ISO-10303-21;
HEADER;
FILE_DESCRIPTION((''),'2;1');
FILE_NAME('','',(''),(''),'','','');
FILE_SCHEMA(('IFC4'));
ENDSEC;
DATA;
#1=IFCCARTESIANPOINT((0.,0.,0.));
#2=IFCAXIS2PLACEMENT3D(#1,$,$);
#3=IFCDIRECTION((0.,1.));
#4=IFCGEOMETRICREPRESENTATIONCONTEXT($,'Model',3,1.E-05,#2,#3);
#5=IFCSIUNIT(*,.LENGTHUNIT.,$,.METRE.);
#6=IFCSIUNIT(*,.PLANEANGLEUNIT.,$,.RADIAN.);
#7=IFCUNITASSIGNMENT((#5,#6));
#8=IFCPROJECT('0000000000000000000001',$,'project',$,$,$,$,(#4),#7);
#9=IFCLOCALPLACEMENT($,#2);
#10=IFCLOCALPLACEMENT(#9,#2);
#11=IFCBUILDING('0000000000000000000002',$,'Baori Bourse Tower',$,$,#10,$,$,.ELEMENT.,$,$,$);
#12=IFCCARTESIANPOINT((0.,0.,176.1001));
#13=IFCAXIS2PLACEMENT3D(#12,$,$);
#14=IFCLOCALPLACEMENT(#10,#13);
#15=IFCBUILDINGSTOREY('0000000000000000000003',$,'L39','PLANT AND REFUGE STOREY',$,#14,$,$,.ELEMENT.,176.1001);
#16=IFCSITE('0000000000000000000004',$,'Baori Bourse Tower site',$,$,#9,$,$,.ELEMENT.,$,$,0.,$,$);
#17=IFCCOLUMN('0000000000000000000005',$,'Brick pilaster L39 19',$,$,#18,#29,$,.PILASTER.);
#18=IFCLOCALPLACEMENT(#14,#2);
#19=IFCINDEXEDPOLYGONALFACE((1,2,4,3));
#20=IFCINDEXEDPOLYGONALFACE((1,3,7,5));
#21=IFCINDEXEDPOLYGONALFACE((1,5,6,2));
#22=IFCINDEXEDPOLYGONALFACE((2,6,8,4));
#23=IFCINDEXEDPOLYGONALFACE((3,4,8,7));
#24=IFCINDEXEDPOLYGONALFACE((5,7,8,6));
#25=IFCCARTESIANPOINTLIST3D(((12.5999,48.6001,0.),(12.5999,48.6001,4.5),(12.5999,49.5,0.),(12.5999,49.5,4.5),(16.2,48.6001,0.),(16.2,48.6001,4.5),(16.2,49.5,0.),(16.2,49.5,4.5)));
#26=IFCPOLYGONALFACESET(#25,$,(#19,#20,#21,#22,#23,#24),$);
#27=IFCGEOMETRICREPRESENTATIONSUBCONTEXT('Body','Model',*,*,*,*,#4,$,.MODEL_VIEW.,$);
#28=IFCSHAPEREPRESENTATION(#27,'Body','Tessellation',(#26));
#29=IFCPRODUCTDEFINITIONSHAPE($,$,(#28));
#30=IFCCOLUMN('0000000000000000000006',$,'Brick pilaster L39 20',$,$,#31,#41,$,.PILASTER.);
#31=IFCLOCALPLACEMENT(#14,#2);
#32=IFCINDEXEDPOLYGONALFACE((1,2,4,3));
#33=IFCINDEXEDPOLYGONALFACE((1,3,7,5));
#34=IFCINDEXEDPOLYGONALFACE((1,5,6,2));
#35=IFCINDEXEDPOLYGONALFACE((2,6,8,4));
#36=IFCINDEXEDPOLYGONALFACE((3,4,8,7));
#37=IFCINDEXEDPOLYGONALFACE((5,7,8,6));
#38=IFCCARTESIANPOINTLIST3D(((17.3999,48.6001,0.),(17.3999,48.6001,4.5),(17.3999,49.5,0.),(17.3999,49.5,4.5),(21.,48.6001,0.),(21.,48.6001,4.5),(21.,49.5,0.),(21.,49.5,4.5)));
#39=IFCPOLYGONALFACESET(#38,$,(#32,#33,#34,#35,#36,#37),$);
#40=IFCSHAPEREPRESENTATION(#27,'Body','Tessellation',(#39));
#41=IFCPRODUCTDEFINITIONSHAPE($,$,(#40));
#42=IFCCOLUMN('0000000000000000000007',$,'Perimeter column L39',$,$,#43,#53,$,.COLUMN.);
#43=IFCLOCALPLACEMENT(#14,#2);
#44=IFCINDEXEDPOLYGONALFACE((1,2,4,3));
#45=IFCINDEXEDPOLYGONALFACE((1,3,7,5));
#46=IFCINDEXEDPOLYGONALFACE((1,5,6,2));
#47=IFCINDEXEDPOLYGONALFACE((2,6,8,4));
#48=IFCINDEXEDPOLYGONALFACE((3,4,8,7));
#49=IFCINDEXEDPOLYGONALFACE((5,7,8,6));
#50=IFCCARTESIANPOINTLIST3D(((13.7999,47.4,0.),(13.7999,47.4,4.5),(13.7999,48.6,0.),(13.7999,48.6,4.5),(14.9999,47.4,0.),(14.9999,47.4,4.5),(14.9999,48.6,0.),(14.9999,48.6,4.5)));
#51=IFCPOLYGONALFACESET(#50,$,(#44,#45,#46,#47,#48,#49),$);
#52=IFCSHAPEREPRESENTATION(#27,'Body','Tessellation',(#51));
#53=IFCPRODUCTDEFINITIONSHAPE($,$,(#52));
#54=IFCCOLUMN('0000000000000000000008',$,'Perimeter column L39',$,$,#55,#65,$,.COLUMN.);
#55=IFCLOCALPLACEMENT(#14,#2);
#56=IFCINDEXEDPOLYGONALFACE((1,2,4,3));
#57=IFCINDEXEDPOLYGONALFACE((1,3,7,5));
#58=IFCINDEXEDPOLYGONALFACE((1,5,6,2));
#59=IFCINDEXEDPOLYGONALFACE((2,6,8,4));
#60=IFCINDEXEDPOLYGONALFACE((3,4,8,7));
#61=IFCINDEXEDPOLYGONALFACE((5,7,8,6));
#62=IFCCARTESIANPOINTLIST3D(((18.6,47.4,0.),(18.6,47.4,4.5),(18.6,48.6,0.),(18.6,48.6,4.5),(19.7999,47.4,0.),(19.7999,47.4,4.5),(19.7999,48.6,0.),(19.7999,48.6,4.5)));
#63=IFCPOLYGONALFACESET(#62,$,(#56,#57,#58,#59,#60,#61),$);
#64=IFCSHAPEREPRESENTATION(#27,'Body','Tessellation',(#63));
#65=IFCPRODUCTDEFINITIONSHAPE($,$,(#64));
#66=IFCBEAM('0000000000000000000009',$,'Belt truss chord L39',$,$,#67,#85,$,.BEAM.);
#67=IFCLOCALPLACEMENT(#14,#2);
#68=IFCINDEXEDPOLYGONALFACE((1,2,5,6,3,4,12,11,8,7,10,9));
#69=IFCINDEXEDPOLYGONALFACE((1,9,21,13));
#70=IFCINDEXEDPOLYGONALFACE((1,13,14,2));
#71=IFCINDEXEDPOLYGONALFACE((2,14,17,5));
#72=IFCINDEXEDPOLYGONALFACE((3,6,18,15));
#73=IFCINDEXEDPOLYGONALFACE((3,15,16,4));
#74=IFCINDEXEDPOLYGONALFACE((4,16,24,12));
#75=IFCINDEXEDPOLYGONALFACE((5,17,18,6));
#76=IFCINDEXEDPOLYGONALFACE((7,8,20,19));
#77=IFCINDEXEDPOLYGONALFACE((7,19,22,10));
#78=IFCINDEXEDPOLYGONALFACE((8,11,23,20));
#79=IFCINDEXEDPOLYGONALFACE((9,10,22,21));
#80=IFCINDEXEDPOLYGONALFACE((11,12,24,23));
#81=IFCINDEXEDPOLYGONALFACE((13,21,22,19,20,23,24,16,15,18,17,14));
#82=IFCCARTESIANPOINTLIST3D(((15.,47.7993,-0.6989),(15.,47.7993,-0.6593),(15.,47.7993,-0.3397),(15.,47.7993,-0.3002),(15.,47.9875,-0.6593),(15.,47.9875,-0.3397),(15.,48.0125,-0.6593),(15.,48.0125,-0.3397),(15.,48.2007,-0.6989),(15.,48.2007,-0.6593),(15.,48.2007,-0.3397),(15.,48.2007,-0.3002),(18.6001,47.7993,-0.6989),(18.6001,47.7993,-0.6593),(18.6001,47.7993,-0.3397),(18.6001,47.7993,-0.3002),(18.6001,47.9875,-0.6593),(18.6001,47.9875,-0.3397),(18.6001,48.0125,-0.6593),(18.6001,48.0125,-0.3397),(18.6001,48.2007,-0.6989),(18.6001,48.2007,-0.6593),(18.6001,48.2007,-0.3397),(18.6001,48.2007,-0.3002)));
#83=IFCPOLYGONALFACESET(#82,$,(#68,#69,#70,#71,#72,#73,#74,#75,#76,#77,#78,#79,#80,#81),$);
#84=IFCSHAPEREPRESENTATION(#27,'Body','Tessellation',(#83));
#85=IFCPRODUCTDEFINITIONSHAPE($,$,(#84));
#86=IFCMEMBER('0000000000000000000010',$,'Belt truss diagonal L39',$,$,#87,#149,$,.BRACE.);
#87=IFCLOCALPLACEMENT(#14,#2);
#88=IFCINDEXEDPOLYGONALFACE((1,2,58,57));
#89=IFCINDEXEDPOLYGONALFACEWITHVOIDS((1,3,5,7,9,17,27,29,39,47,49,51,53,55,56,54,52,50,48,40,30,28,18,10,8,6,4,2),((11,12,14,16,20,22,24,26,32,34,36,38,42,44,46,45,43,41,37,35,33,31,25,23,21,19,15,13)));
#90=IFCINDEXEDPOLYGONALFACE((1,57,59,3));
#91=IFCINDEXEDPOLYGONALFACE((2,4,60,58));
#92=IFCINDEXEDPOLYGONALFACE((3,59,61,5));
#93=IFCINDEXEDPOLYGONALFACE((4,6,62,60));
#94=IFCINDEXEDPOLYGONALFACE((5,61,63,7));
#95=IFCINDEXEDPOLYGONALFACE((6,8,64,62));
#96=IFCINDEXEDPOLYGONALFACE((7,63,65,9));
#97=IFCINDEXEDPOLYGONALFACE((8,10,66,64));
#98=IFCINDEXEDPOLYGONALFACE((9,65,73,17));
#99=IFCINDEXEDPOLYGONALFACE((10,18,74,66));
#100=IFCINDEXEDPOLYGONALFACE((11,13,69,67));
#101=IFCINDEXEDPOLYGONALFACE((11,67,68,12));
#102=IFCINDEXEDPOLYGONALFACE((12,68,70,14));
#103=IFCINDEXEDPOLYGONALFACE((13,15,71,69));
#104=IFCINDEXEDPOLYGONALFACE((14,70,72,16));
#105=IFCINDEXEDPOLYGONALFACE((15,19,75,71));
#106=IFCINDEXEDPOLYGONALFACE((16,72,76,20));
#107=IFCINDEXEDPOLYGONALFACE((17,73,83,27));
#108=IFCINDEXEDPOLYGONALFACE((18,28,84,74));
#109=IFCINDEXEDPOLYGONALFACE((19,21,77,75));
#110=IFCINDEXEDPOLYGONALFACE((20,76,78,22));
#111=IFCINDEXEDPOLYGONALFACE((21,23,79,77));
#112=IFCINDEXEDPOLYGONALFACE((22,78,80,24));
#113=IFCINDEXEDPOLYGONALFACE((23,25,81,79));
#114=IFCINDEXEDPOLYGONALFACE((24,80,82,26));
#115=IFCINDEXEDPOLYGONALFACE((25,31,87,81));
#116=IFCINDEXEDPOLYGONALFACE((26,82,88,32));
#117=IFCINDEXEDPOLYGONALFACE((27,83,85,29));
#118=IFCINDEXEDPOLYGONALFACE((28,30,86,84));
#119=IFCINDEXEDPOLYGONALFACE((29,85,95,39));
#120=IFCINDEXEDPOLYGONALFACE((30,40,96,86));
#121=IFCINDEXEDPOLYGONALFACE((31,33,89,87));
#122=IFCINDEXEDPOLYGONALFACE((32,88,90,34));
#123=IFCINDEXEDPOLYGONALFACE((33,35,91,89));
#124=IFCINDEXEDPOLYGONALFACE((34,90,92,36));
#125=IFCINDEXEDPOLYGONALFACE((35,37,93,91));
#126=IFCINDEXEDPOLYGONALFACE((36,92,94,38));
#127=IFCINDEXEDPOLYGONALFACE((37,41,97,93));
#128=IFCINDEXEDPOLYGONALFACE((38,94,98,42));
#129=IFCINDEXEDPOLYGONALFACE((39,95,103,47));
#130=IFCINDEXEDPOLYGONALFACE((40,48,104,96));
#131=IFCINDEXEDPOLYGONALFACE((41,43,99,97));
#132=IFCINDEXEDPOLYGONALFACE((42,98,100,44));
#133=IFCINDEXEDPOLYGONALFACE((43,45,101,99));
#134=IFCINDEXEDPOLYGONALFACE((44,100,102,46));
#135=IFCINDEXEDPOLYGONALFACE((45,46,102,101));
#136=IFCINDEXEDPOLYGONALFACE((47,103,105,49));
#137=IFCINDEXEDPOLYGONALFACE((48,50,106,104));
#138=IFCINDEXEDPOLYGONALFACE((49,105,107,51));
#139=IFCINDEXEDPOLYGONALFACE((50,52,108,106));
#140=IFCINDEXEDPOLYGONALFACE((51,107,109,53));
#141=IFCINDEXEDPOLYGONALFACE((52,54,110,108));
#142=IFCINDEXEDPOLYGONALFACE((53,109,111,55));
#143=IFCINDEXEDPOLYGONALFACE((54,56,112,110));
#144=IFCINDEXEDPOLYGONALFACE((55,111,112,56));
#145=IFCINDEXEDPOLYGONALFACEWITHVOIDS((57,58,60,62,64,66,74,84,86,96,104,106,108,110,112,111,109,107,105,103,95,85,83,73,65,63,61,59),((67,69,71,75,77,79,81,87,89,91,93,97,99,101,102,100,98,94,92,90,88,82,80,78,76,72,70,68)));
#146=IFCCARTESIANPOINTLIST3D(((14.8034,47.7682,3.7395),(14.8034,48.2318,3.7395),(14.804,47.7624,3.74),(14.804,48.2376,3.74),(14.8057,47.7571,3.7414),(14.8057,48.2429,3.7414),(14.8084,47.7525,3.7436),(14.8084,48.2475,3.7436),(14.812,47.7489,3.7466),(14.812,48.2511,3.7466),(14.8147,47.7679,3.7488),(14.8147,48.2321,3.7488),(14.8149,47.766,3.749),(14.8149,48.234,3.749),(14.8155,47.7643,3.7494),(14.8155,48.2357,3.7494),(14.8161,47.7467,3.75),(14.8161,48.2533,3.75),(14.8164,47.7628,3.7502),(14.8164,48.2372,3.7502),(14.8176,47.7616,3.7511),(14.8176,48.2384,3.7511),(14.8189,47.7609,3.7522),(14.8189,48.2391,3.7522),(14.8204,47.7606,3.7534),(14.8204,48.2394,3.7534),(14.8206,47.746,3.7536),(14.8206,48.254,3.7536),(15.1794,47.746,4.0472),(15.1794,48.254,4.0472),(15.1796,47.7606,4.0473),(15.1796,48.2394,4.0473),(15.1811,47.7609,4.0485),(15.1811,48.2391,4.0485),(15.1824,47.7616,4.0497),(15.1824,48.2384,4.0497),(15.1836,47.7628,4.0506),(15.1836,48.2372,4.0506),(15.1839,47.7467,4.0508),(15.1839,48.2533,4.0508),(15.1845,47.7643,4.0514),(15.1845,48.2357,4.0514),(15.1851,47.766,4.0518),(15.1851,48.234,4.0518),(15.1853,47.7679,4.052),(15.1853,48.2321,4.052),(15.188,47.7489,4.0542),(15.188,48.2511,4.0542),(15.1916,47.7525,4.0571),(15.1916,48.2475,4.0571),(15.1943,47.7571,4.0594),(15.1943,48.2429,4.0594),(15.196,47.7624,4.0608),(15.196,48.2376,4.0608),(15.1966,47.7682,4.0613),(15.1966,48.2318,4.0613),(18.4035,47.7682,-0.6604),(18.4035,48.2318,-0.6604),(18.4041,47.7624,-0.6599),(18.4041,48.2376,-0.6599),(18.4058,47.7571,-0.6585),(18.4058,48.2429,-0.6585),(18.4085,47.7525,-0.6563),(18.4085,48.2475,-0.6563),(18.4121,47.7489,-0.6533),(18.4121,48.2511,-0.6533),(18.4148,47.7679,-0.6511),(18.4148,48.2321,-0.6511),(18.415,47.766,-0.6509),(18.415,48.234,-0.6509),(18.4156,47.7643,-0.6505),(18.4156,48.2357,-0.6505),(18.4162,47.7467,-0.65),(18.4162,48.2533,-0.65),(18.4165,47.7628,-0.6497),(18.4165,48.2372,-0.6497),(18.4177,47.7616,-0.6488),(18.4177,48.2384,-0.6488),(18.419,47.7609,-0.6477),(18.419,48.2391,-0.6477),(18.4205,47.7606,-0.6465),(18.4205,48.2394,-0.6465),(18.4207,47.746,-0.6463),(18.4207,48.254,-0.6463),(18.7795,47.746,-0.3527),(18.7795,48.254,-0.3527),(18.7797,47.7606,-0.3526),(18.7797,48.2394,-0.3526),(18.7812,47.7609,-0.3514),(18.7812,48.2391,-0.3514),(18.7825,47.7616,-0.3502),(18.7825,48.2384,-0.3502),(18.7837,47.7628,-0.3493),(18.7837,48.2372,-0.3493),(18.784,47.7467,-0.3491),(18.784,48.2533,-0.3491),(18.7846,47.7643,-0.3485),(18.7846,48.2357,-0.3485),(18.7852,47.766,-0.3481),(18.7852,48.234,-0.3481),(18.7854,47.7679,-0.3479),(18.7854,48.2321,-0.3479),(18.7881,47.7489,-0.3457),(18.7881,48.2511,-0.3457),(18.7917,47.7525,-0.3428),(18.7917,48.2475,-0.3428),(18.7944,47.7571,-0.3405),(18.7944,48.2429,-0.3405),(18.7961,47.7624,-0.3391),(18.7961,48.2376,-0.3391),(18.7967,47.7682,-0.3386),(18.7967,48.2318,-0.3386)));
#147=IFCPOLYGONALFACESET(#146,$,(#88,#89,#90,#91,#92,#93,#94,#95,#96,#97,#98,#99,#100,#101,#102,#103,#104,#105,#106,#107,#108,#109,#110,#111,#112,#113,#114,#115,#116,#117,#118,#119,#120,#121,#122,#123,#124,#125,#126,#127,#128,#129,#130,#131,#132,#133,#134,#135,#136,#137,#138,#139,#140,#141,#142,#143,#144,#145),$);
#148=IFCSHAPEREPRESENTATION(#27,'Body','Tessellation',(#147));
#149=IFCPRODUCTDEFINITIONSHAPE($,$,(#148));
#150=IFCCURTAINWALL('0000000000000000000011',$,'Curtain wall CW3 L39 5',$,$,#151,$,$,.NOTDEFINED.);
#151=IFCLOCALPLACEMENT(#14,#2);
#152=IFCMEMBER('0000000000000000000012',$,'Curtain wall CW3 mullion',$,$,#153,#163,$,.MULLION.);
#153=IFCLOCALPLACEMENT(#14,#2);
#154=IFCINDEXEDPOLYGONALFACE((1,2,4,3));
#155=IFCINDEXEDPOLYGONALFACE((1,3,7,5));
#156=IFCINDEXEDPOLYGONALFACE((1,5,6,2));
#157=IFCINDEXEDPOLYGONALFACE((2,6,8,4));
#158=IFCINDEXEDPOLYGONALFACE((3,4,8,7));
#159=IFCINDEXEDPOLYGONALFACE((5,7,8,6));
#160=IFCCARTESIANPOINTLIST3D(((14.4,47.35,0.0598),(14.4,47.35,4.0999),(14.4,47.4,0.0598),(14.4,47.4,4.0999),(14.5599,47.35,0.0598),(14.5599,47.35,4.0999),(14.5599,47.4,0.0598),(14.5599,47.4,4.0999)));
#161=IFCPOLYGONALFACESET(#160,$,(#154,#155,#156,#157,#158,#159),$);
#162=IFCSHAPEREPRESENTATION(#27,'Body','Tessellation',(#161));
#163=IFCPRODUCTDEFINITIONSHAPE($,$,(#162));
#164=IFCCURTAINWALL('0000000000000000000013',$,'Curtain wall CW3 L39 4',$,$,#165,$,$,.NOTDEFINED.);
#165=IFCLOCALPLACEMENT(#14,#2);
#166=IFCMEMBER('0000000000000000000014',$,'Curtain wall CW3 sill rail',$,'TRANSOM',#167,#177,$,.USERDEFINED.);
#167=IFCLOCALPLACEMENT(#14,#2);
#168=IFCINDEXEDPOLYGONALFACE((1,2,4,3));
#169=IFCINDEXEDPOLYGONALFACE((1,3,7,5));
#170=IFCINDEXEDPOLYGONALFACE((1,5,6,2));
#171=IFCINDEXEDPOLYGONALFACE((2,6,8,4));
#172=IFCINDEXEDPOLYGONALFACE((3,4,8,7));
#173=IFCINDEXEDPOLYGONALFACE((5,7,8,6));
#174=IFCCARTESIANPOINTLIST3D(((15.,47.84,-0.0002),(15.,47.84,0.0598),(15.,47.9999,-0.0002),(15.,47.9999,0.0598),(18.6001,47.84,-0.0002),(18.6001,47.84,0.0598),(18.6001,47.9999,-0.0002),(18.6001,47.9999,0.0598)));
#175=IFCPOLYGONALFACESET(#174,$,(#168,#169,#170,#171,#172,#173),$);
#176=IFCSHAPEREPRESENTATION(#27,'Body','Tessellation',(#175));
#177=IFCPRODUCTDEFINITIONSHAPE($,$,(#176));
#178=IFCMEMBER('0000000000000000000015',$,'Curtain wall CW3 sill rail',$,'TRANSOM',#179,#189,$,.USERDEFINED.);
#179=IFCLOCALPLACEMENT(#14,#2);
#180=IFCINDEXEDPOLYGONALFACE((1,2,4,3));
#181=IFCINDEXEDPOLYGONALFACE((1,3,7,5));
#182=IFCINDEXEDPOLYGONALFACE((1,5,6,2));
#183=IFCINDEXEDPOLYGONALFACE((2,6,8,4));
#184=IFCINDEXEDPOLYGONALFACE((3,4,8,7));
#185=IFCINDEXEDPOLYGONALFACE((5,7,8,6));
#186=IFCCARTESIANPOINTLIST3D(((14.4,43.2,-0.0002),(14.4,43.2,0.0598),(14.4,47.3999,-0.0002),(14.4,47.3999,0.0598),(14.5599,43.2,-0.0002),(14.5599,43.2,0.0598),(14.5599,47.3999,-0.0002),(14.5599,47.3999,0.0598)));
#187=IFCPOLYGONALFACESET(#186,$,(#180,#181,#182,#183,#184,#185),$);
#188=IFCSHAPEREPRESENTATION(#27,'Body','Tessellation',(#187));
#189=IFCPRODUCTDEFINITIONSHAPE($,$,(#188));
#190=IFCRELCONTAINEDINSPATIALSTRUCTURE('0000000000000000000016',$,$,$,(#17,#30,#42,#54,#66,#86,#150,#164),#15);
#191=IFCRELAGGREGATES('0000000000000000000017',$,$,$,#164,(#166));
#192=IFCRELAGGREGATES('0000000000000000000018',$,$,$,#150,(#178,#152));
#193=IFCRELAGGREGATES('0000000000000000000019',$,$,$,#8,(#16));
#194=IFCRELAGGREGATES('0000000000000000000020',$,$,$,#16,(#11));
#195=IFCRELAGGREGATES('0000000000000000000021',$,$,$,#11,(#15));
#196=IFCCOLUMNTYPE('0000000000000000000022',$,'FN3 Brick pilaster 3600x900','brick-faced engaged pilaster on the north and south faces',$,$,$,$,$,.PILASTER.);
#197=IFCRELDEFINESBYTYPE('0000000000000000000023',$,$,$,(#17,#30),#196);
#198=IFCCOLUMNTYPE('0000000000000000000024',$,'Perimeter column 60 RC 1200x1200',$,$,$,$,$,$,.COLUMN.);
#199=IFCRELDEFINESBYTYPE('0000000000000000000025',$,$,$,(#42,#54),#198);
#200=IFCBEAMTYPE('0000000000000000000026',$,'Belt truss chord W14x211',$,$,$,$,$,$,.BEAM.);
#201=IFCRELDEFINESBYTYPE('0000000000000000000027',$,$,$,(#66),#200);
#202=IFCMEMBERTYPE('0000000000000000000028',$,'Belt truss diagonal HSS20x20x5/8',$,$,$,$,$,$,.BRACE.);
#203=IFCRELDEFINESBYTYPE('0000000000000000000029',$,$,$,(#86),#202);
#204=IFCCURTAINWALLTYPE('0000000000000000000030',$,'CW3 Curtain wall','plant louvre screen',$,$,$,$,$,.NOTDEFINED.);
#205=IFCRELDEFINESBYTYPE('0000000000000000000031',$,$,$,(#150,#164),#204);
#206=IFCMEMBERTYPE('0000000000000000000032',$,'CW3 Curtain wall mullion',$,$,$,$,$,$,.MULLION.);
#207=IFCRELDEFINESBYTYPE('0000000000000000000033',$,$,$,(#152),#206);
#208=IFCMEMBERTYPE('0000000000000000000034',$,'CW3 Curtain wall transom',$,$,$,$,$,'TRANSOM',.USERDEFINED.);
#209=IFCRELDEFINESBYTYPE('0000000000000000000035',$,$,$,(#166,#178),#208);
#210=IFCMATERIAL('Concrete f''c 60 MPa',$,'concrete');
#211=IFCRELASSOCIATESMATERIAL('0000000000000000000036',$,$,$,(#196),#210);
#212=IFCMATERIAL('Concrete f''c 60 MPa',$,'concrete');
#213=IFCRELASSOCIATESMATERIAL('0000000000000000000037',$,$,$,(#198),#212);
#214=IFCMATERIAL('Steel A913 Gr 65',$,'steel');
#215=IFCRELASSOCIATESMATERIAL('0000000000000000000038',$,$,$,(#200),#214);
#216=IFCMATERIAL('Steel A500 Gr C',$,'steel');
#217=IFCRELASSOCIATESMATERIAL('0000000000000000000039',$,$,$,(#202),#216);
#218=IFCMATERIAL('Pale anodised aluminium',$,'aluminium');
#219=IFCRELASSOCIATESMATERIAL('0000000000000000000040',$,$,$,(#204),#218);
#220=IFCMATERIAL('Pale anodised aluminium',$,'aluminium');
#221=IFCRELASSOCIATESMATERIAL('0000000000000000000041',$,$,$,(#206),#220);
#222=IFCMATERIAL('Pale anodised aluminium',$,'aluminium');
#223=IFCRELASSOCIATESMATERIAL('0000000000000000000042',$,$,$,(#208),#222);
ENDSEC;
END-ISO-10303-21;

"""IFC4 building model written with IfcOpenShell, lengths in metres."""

from ifc_helpers import new_model, si_unit, direction, frame, origin, origin_2d, place, context, subcontext, project, spatial, rectangle, hollow_rectangle, i_section, extrude, material, material_profile, profile_set, type_object, element, aggregate, save


model = new_model("IFC4")

# Units and contexts
model_context = context("Model", 3, precision=1e-05, world=origin(), true_north=direction((0.0, 1.0)))
body_context = subcontext(model_context, "Body", "Model", "MODEL_VIEW")
ifc_project = project(units=[si_unit("LENGTHUNIT", "METRE"), si_unit("PLANEANGLEUNIT", "RADIAN")], contexts=[model_context])

# Site, building, storey
site_placement = place(None, origin())
site = spatial("IfcSite", under=ifc_project, at=site_placement, Name="Baori Bourse Tower site", CompositionType="ELEMENT", RefElevation=0.0)
building_placement = place(site_placement, origin())
building = spatial("IfcBuilding", under=site, at=building_placement, Name="Baori Bourse Tower", CompositionType="ELEMENT")
storey_placement = place(building_placement, frame((0.0, 0.0, 176.1001)))
storey = spatial("IfcBuildingStorey", under=building, at=storey_placement, Name="L39", Description="PLANT AND REFUGE STOREY", CompositionType="ELEMENT", Elevation=176.1001)

# Columns
ifc_material_1 = material(Name="Concrete f'c 60 MPa", Category="concrete")
ifc_material_profile_1 = material_profile(ifc_material_1, rectangle(XDim=3.6001, YDim=0.8999, at=origin_2d()), Name="RC 3600x900")
ifc_profile_set_1 = profile_set([ifc_material_profile_1], Name="Concrete f'c 60 MPa")
column_type_1 = type_object("IfcColumnType", Name="FN3 Brick pilaster 3600x900", Description="brick-faced engaged pilaster on the north and south faces", PredefinedType="PILASTER", material=ifc_profile_set_1)
for number, where, z_axis, x_axis, name in (
    (1, (14.3999, 49.05, 0.0), (0.0, 0.0, 1.0), (1.0, 0.0, 0.0), "Brick pilaster L39 19"),
    (2, (19.2, 49.05, 0.0), (0.0, 0.0, 1.0), (1.0, 0.0, 0.0), "Brick pilaster L39 20"),
):
    element("IfcColumn", number, at=place(storey_placement, frame(where, z_axis=z_axis, x_axis=x_axis)), inside=storey, type_object=column_type_1, Name=name, PredefinedType="PILASTER", context=body_context, shape_type="SweptSolid", body=[
        extrude(rectangle(XDim=3.6001, YDim=0.8999, at=origin_2d()), origin(), (0.0, 0.0, 1.0), 4.5),
    ])
ifc_material_2 = material(Name="Concrete f'c 60 MPa", Category="concrete")
ifc_material_profile_2 = material_profile(ifc_material_2, rectangle(XDim=1.2, YDim=1.2, at=origin_2d()), Name="RC 1200x1200")
ifc_profile_set_2 = profile_set([ifc_material_profile_2], Name="Concrete f'c 60 MPa")
column_type_2 = type_object("IfcColumnType", Name="Perimeter column 60 RC 1200x1200", PredefinedType="COLUMN", material=ifc_profile_set_2)
for number, where, z_axis, x_axis, name in (
    (3, (14.3999, 48.0, 0.0), (0.0, 0.0, 1.0), (1.0, 0.0, 0.0), "Perimeter column L39"),
    (4, (19.2, 48.0, 0.0), (0.0, 0.0, 1.0), (1.0, 0.0, 0.0), "Perimeter column L39"),
):
    element("IfcColumn", number, at=place(storey_placement, frame(where, z_axis=z_axis, x_axis=x_axis)), inside=storey, type_object=column_type_2, Name=name, PredefinedType="COLUMN", context=body_context, shape_type="SweptSolid", body=[
        extrude(rectangle(XDim=1.2, YDim=1.2, at=origin_2d()), origin(), (0.0, 0.0, 1.0), 4.5),
    ])

# Beam
ifc_material_3 = material(Name="Steel A913 Gr 65", Category="steel")
ifc_material_profile_3 = material_profile(ifc_material_3, i_section(OverallWidth=0.4014, OverallDepth=0.3987, WebThickness=0.0249, FlangeThickness=0.0396, at=origin_2d()), Name="W14x211")
ifc_profile_set_3 = profile_set([ifc_material_profile_3], Name="Steel A913 Gr 65")
beam_type_1 = type_object("IfcBeamType", Name="Belt truss chord W14x211", PredefinedType="BEAM", material=ifc_profile_set_3)
beam_1_placement = place(storey_placement, frame((15.0, 48.0, -0.4995), z_axis=(1.0, 0.0, 0.0), x_axis=(0.0, 1.0, 0.0)))
element("IfcBeam", 5, at=beam_1_placement, inside=storey, type_object=beam_type_1, Name="Belt truss chord L39", PredefinedType="BEAM", context=body_context, shape_type="SweptSolid", body=[
    extrude(i_section(OverallWidth=0.4014, OverallDepth=0.3987, WebThickness=0.0249, FlangeThickness=0.0396, at=origin_2d()), origin(), (0.0, 0.0, 1.0), 3.6001),
])

# Member
ifc_material_4 = material(Name="Steel A500 Gr C", Category="steel")
ifc_material_profile_4 = material_profile(ifc_material_4, hollow_rectangle(XDim=0.5081, YDim=0.5081, WallThickness=0.0146, InnerFilletRadius=0.0073, OuterFilletRadius=0.0222, at=origin_2d()), Name="HSS20x20x5/8")
ifc_profile_set_4 = profile_set([ifc_material_profile_4], Name="Steel A500 Gr C")
member_type_1 = type_object("IfcMemberType", Name="Belt truss diagonal HSS20x20x5/8", PredefinedType="BRACE", material=ifc_profile_set_4)
member_1_placement = place(storey_placement, frame((15.0, 48.0, 3.9004), z_axis=(0.633256, 0.0, -0.773942), x_axis=(0.0, 1.0, 0.0)))
element("IfcMember", 6, at=member_1_placement, inside=storey, type_object=member_type_1, Name="Belt truss diagonal L39", PredefinedType="BRACE", context=body_context, shape_type="SweptSolid", body=[
    extrude(hollow_rectangle(XDim=0.5081, YDim=0.5081, WallThickness=0.0146, InnerFilletRadius=0.0073, OuterFilletRadius=0.0222, at=origin_2d()), origin(), (0.0, 0.0, 1.0), 5.6851),
])

# Curtain walls, members
ifc_material_5 = material(Name="Pale anodised aluminium", Category="aluminium")
curtain_wall_type = type_object("IfcCurtainWallType", Name="CW3 Curtain wall", Description="plant louvre screen", PredefinedType="NOTDEFINED", material=ifc_material_5)
curtain_wall_1_placement = place(storey_placement, origin())
curtain_wall_1 = element("IfcCurtainWall", 7, at=curtain_wall_1_placement, inside=storey, type_object=curtain_wall_type, Name="Curtain wall CW3 L39 5", PredefinedType="NOTDEFINED")
ifc_material_6 = material(Name="Pale anodised aluminium", Category="aluminium")
ifc_material_profile_5 = material_profile(ifc_material_6, rectangle(XDim=0.1599, YDim=0.05, at=origin_2d()), Name="Mullion 50x160")
ifc_profile_set_5 = profile_set([ifc_material_profile_5], Name="Pale anodised aluminium")
member_type_2 = type_object("IfcMemberType", Name="CW3 Curtain wall mullion", PredefinedType="MULLION", material=ifc_profile_set_5)
member_2_placement = place(storey_placement, frame((14.48, 47.375, 0.0598), z_axis=(0.0, 0.0, 1.0), x_axis=(1.0, 0.0, 0.0)))
member_2 = element("IfcMember", 8, at=member_2_placement, type_object=member_type_2, Name="Curtain wall CW3 mullion", PredefinedType="MULLION", context=body_context, shape_type="SweptSolid", body=[
    extrude(rectangle(XDim=0.1599, YDim=0.05, at=origin_2d()), origin(), (0.0, 0.0, 1.0), 4.04),
])
curtain_wall_2_placement = place(storey_placement, origin())
curtain_wall_2 = element("IfcCurtainWall", 9, at=curtain_wall_2_placement, inside=storey, type_object=curtain_wall_type, Name="Curtain wall CW3 L39 4", PredefinedType="NOTDEFINED")
ifc_material_7 = material(Name="Pale anodised aluminium", Category="aluminium")
ifc_material_profile_6 = material_profile(ifc_material_7, rectangle(XDim=0.1599, YDim=0.0601, at=origin_2d()), Name="Transom 60x160")
ifc_profile_set_6 = profile_set([ifc_material_profile_6], Name="Pale anodised aluminium")
member_type_3 = type_object("IfcMemberType", Name="CW3 Curtain wall transom", ElementType="TRANSOM", PredefinedType="USERDEFINED", material=ifc_profile_set_6)
member_3_placement = place(storey_placement, frame((18.6001, 47.9199, 0.0298), z_axis=(-1.0, 0.0, 0.0), x_axis=(0.0, -1.0, 0.0)))
member_3 = element("IfcMember", 10, at=member_3_placement, type_object=member_type_3, Name="Curtain wall CW3 sill rail", ObjectType="TRANSOM", PredefinedType="USERDEFINED", context=body_context, shape_type="SweptSolid", body=[
    extrude(rectangle(XDim=0.1599, YDim=0.0601, at=origin_2d()), origin(), (0.0, 0.0, 1.0), 3.6001),
])

# Member
member_4_placement = place(storey_placement, frame((14.48, 47.3999, 0.0298), z_axis=(0.0, -1.0, 0.0), x_axis=(1.0, 0.0, 0.0)))
member_4 = element("IfcMember", 11, at=member_4_placement, type_object=member_type_3, Name="Curtain wall CW3 sill rail", ObjectType="TRANSOM", PredefinedType="USERDEFINED", context=body_context, shape_type="SweptSolid", body=[
    extrude(rectangle(XDim=0.1599, YDim=0.0601, at=origin_2d()), origin(), (0.0, 0.0, 1.0), 4.2),
])

aggregate(curtain_wall_2, [member_3])
aggregate(curtain_wall_1, [member_4, member_2])

save(model, "model.ifc")
